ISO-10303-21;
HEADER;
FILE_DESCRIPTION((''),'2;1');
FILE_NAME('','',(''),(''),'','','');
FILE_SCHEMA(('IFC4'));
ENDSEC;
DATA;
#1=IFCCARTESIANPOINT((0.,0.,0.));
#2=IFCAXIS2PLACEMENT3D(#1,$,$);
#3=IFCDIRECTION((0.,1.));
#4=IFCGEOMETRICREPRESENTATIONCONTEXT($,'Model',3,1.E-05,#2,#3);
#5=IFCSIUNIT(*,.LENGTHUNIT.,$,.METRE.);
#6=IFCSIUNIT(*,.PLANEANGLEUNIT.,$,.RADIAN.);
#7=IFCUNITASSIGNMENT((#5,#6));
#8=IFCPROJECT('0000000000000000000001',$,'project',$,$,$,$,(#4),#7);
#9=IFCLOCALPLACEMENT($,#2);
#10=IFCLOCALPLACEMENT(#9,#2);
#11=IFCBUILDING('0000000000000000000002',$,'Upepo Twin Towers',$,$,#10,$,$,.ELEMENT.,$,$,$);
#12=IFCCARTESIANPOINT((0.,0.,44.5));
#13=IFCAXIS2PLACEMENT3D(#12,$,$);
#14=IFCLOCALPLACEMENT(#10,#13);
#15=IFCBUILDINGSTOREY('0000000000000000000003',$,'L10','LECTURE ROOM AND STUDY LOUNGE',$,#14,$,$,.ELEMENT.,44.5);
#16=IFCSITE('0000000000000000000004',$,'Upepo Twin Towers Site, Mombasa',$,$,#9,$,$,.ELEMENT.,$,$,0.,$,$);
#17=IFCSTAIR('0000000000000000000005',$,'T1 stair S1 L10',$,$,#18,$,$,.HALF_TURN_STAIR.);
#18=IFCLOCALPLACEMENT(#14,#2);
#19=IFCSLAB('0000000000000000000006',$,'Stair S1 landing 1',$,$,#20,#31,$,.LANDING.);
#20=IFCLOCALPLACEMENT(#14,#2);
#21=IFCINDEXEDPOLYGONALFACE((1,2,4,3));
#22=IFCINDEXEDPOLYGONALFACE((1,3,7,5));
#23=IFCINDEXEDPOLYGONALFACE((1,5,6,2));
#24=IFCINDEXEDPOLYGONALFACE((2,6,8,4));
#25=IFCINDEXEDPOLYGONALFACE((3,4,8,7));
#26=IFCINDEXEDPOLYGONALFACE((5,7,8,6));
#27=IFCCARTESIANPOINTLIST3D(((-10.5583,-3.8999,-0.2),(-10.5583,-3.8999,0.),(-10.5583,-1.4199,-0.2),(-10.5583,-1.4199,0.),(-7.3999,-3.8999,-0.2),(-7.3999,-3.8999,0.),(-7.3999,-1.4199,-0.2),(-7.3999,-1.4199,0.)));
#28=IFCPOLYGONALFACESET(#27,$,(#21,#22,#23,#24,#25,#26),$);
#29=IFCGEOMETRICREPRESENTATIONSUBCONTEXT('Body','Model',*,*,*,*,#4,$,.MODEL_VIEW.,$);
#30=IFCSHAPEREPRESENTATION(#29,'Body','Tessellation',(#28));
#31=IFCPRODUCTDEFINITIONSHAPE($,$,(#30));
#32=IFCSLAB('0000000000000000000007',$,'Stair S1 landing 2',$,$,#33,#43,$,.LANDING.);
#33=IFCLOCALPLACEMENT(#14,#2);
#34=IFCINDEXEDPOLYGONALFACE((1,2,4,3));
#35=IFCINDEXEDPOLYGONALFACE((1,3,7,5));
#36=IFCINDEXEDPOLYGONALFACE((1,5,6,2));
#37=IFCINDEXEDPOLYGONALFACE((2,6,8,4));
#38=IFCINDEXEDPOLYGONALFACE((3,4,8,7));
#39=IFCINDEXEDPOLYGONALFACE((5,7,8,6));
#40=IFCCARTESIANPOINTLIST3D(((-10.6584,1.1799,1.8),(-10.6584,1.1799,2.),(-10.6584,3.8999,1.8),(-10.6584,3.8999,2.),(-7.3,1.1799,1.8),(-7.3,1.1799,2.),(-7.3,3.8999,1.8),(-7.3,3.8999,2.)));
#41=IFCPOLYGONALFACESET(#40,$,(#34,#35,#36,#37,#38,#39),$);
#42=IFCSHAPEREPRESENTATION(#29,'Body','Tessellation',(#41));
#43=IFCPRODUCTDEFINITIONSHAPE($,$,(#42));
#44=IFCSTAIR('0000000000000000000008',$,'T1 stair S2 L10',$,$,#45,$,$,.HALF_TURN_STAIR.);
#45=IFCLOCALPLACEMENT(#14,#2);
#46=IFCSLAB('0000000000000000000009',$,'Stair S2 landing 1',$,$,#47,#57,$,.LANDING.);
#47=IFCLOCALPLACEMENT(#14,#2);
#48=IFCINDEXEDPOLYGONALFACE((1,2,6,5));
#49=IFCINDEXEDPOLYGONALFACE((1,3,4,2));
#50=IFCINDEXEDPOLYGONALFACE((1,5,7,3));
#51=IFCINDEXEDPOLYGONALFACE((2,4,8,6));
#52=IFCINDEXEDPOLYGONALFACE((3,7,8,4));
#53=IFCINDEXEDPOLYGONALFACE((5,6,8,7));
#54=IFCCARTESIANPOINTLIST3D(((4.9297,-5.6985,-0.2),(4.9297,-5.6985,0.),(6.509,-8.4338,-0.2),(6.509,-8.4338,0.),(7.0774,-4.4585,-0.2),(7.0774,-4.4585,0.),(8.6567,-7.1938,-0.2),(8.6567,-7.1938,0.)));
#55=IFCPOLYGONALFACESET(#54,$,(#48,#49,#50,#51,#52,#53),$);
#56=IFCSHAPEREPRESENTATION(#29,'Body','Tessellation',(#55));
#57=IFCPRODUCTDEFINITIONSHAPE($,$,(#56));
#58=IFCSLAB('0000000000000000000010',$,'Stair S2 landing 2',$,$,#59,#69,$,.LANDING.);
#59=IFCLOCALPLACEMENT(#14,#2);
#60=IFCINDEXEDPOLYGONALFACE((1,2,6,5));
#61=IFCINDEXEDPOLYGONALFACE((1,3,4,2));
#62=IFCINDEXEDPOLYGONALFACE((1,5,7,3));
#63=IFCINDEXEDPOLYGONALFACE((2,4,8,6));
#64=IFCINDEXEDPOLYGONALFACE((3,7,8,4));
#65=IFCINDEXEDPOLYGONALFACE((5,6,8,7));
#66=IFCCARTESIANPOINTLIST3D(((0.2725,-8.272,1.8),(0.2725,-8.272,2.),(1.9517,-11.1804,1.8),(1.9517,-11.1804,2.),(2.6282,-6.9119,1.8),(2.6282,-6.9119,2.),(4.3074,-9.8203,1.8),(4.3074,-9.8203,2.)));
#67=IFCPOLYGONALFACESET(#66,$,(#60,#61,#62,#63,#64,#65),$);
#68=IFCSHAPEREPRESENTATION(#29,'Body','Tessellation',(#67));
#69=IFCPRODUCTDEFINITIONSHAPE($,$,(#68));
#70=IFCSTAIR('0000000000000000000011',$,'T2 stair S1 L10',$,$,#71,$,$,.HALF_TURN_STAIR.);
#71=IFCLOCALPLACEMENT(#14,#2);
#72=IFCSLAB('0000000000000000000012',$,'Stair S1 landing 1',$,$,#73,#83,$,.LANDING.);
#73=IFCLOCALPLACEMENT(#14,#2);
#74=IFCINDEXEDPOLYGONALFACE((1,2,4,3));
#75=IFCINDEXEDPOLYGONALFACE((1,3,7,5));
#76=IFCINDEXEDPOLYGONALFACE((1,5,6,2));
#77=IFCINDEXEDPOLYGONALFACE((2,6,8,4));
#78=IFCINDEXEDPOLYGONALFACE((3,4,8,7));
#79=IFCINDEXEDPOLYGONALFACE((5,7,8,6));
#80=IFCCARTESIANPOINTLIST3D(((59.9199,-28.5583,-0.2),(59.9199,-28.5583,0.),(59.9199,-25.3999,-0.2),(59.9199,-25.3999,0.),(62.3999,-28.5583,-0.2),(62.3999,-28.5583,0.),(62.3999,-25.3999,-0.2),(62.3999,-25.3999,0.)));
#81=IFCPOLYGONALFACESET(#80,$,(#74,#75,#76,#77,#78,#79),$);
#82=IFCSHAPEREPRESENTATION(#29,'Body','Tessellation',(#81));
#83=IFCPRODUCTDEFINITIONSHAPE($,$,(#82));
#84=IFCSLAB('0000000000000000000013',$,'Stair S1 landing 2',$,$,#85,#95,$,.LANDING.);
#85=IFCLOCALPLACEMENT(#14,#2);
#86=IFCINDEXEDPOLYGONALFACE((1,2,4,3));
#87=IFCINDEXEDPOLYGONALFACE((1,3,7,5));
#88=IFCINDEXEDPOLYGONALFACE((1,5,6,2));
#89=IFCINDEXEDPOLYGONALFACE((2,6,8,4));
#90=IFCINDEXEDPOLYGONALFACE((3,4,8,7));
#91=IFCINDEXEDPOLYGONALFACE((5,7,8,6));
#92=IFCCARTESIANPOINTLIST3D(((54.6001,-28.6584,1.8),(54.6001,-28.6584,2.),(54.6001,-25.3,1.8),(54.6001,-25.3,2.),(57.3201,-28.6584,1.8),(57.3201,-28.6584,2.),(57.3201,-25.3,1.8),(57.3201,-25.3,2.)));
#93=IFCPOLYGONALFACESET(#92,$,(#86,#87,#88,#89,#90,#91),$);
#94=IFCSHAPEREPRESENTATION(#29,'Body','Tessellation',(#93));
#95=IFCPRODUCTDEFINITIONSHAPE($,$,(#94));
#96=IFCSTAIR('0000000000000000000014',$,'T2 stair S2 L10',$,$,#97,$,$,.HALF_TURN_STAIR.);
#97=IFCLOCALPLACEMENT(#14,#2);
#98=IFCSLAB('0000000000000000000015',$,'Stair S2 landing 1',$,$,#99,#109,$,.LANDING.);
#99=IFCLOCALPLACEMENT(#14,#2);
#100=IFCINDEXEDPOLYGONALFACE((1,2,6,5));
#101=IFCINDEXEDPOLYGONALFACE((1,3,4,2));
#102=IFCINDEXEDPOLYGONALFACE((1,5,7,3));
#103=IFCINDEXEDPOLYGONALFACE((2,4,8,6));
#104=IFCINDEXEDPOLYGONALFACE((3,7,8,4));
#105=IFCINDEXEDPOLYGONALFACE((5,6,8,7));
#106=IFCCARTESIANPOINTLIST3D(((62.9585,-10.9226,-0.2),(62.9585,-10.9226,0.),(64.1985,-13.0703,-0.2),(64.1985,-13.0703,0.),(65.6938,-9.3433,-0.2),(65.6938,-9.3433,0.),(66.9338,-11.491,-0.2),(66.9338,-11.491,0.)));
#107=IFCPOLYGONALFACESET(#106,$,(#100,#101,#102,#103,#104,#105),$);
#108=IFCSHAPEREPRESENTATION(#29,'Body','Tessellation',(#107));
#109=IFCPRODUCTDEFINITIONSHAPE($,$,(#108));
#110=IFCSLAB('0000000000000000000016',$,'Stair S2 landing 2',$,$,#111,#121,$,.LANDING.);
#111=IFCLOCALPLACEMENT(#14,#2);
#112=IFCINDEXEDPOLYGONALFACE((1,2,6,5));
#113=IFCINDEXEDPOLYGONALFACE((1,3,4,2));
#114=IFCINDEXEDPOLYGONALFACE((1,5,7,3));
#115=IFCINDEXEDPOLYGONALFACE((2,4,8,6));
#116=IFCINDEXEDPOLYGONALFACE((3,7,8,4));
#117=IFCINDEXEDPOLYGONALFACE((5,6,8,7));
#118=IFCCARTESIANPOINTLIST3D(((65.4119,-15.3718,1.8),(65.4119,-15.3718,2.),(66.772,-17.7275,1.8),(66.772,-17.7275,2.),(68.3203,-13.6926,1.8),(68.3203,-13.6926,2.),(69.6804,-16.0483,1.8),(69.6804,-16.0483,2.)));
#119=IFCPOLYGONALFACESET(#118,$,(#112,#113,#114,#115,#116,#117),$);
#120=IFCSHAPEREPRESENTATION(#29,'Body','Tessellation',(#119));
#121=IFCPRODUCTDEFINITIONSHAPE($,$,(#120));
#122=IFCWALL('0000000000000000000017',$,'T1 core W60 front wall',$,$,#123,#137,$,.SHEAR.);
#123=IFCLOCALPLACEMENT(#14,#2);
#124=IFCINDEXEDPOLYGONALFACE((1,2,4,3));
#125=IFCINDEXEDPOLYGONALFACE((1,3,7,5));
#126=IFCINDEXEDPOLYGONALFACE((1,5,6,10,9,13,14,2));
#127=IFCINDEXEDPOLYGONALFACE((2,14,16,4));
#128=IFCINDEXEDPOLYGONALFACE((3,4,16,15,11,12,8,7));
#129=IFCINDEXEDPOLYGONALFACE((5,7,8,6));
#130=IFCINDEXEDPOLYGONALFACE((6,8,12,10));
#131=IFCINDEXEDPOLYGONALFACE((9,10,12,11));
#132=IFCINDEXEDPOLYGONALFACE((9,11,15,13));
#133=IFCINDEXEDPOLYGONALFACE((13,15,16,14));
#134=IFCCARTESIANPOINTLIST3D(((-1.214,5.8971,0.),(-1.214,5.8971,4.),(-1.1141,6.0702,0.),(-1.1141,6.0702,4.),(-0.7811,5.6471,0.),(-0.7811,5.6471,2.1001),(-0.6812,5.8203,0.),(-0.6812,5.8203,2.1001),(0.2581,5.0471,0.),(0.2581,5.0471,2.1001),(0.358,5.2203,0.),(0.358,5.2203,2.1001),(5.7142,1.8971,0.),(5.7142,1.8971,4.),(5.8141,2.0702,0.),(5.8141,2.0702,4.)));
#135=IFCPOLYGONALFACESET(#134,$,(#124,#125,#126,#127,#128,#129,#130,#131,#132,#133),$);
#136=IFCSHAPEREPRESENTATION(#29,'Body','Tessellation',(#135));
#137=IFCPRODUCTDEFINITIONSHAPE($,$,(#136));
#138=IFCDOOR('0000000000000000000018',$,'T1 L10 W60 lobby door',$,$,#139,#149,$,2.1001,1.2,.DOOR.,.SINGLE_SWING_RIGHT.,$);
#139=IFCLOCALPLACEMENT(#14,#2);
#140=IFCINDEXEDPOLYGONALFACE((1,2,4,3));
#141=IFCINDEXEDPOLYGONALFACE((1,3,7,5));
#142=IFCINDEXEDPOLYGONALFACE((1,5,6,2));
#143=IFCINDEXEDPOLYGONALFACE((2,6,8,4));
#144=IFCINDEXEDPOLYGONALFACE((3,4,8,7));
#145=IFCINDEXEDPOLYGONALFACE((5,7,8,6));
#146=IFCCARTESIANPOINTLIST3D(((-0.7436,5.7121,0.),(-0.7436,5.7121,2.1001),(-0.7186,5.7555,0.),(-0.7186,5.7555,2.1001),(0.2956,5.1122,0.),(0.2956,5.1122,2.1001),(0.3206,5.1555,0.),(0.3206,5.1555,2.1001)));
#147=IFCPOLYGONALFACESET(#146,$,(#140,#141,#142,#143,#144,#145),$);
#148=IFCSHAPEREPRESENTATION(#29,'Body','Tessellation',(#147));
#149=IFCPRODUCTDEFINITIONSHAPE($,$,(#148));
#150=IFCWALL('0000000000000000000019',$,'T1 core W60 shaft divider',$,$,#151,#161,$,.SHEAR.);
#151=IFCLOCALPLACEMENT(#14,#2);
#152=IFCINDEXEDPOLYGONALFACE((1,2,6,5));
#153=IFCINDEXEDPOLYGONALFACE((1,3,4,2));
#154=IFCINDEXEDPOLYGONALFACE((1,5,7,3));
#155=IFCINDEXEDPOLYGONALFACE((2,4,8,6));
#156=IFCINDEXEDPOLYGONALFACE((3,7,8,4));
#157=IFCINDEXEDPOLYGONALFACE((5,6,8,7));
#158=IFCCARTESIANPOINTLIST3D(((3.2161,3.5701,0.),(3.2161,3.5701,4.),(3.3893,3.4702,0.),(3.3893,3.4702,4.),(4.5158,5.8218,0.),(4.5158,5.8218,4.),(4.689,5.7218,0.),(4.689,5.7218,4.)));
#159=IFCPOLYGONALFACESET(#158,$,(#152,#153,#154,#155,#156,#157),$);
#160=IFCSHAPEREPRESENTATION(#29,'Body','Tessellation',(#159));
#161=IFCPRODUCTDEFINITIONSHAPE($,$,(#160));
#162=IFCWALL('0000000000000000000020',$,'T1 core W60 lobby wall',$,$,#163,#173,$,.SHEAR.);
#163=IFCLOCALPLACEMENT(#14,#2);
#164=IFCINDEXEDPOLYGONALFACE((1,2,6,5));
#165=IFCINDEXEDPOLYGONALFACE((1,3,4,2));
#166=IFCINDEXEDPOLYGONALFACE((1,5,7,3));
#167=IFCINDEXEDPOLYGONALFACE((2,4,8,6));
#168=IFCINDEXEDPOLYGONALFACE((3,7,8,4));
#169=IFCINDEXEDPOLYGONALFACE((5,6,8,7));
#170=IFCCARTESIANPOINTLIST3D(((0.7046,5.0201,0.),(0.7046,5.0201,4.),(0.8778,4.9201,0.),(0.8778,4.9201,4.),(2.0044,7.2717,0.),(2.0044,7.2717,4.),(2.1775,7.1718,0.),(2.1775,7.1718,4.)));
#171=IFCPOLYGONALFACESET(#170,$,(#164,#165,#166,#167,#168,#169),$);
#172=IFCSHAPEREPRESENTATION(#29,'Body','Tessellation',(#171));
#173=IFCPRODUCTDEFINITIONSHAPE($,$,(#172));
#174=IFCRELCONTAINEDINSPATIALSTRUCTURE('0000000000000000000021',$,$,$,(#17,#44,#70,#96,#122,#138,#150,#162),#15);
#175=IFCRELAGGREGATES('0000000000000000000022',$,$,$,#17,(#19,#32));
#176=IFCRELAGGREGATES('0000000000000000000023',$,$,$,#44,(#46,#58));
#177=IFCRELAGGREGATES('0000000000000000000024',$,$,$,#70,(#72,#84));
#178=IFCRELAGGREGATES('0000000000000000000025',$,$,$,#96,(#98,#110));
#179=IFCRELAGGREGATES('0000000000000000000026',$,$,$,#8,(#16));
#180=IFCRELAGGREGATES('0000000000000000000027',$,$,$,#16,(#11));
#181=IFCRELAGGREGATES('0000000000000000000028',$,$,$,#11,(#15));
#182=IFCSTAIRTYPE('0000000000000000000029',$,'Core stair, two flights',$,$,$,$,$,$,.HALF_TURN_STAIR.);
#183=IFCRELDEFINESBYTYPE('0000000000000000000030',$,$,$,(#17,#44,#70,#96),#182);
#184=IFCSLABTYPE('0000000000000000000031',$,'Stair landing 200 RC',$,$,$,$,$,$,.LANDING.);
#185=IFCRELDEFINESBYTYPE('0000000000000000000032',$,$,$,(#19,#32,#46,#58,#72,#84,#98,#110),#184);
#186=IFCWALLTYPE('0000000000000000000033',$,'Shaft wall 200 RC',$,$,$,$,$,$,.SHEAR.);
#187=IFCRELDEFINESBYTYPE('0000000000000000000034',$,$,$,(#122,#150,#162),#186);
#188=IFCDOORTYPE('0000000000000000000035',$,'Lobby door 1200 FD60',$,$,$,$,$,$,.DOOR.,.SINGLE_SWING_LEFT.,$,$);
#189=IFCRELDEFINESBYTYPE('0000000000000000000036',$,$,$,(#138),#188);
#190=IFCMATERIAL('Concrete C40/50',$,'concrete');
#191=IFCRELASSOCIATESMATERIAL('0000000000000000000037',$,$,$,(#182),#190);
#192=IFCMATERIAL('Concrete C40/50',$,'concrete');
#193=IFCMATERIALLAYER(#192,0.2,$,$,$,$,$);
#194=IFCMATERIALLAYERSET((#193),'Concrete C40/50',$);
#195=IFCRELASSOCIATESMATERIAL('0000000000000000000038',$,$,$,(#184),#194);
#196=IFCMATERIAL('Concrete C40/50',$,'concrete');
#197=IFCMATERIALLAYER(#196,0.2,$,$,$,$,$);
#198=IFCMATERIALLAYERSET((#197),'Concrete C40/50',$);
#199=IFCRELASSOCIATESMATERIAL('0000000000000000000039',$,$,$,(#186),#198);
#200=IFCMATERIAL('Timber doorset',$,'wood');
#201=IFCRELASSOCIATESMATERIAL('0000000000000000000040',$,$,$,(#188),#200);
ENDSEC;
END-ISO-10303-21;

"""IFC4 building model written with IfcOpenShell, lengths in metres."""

from ifc_helpers import new_model, si_unit, direction, frame, frame_2d, origin, place, context, subcontext, project, spatial, polyline, rectangle, outline, extrude, material, layer, layer_set, type_object, element, fill, aggregate, save


model = new_model("IFC4")

# Units and contexts
model_context = context("Model", 3, precision=1e-05, world=origin(), true_north=direction((0.0, 1.0)))
body_context = subcontext(model_context, "Body", "Model", "MODEL_VIEW")
ifc_project = project(units=[si_unit("LENGTHUNIT", "METRE"), si_unit("PLANEANGLEUNIT", "RADIAN")], contexts=[model_context])

# Site, building, storey
site_placement = place(None, origin())
site = spatial("IfcSite", under=ifc_project, at=site_placement, Name="Upepo Twin Towers Site, Mombasa", CompositionType="ELEMENT", RefElevation=0.0)
building_placement = place(site_placement, origin())
building = spatial("IfcBuilding", under=site, at=building_placement, Name="Upepo Twin Towers", CompositionType="ELEMENT")
storey_placement = place(building_placement, frame((0.0, 0.0, 44.5)))
storey = spatial("IfcBuildingStorey", under=building, at=storey_placement, Name="L10", Description="LECTURE ROOM AND STUDY LOUNGE", CompositionType="ELEMENT", Elevation=44.5)

# Stairs, slabs
ifc_material_1 = material(Name="Concrete C40/50", Category="concrete")
stair_type = type_object("IfcStairType", Name="Core stair, two flights", PredefinedType="HALF_TURN_STAIR", material=ifc_material_1)
stair_1_placement = place(storey_placement, origin())
stair_1 = element("IfcStair", 1, at=stair_1_placement, inside=storey, type_object=stair_type, Name="T1 stair S1 L10", PredefinedType="HALF_TURN_STAIR")
ifc_material_2 = material(Name="Concrete C40/50", Category="concrete")
ifc_layer_1 = layer(ifc_material_2, 0.2)
ifc_layer_set_1 = layer_set([ifc_layer_1], Name="Concrete C40/50")
slab_type = type_object("IfcSlabType", Name="Stair landing 200 RC", PredefinedType="LANDING", material=ifc_layer_set_1)
slab_1_placement = place(storey_placement, frame((0.0, 0.0, -0.2)))
slab_1 = element("IfcSlab", 2, at=slab_1_placement, type_object=slab_type, Name="Stair S1 landing 1", PredefinedType="LANDING", context=body_context, shape_type="SweptSolid", body=[
    extrude(outline(polyline([(-7.3999, -1.4199), (-10.5583, -1.4199), (-10.5583, -3.8999), (-7.3999, -3.8999), (-7.3999, -1.4199)])), origin(), (0.0, 0.0, 1.0), 0.2),
])
slab_2_placement = place(storey_placement, frame((0.0, 0.0, 1.8)))
slab_2 = element("IfcSlab", 3, at=slab_2_placement, type_object=slab_type, Name="Stair S1 landing 2", PredefinedType="LANDING", context=body_context, shape_type="SweptSolid", body=[
    extrude(outline(polyline([(-7.3, 3.8999), (-10.6584, 3.8999), (-10.6584, 1.1799), (-7.3, 1.1799), (-7.3, 3.8999)])), origin(), (0.0, 0.0, 1.0), 0.2),
])
aggregate(stair_1, [slab_1, slab_2])
stair_2_placement = place(storey_placement, origin())
stair_2 = element("IfcStair", 4, at=stair_2_placement, inside=storey, type_object=stair_type, Name="T1 stair S2 L10", PredefinedType="HALF_TURN_STAIR")
slab_3_placement = place(storey_placement, frame((0.0, 0.0, -0.2)))
slab_3 = element("IfcSlab", 5, at=slab_3_placement, type_object=slab_type, Name="Stair S2 landing 1", PredefinedType="LANDING", context=body_context, shape_type="SweptSolid", body=[
    extrude(outline(polyline([(4.9297, -5.6985), (6.509, -8.4338), (8.6567, -7.1938), (7.0774, -4.4585), (4.9297, -5.6985)])), origin(), (0.0, 0.0, 1.0), 0.2),
])
slab_4_placement = place(storey_placement, frame((0.0, 0.0, 1.8)))
slab_4 = element("IfcSlab", 6, at=slab_4_placement, type_object=slab_type, Name="Stair S2 landing 2", PredefinedType="LANDING", context=body_context, shape_type="SweptSolid", body=[
    extrude(outline(polyline([(0.2725, -8.272), (1.9517, -11.1804), (4.3074, -9.8203), (2.6282, -6.9119), (0.2725, -8.272)])), origin(), (0.0, 0.0, 1.0), 0.2),
])
aggregate(stair_2, [slab_3, slab_4])
stair_3_placement = place(storey_placement, origin())
stair_3 = element("IfcStair", 7, at=stair_3_placement, inside=storey, type_object=stair_type, Name="T2 stair S1 L10", PredefinedType="HALF_TURN_STAIR")
slab_5_placement = place(storey_placement, frame((0.0, 0.0, -0.2)))
slab_5 = element("IfcSlab", 8, at=slab_5_placement, type_object=slab_type, Name="Stair S1 landing 1", PredefinedType="LANDING", context=body_context, shape_type="SweptSolid", body=[
    extrude(outline(polyline([(59.9199, -25.3999), (59.9199, -28.5583), (62.3999, -28.5583), (62.3999, -25.3999), (59.9199, -25.3999)])), origin(), (0.0, 0.0, 1.0), 0.2),
])
slab_6_placement = place(storey_placement, frame((0.0, 0.0, 1.8)))
slab_6 = element("IfcSlab", 9, at=slab_6_placement, type_object=slab_type, Name="Stair S1 landing 2", PredefinedType="LANDING", context=body_context, shape_type="SweptSolid", body=[
    extrude(outline(polyline([(54.6001, -25.3), (54.6001, -28.6584), (57.3201, -28.6584), (57.3201, -25.3), (54.6001, -25.3)])), origin(), (0.0, 0.0, 1.0), 0.2),
])
aggregate(stair_3, [slab_5, slab_6])
stair_4_placement = place(storey_placement, origin())
stair_4 = element("IfcStair", 10, at=stair_4_placement, inside=storey, type_object=stair_type, Name="T2 stair S2 L10", PredefinedType="HALF_TURN_STAIR")
slab_7_placement = place(storey_placement, frame((0.0, 0.0, -0.2)))
slab_7 = element("IfcSlab", 11, at=slab_7_placement, type_object=slab_type, Name="Stair S2 landing 1", PredefinedType="LANDING", context=body_context, shape_type="SweptSolid", body=[
    extrude(outline(polyline([(64.1985, -13.0703), (66.9338, -11.491), (65.6938, -9.3433), (62.9585, -10.9226), (64.1985, -13.0703)])), origin(), (0.0, 0.0, 1.0), 0.2),
])
slab_8_placement = place(storey_placement, frame((0.0, 0.0, 1.8)))
slab_8 = element("IfcSlab", 12, at=slab_8_placement, type_object=slab_type, Name="Stair S2 landing 2", PredefinedType="LANDING", context=body_context, shape_type="SweptSolid", body=[
    extrude(outline(polyline([(66.772, -17.7275), (69.6804, -16.0483), (68.3203, -13.6926), (65.4119, -15.3718), (66.772, -17.7275)])), origin(), (0.0, 0.0, 1.0), 0.2),
])
aggregate(stair_4, [slab_7, slab_8])

# Wall, opening, door
ifc_material_3 = material(Name="Concrete C40/50", Category="concrete")
ifc_layer_2 = layer(ifc_material_3, 0.2)
ifc_layer_set_2 = layer_set([ifc_layer_2], Name="Concrete C40/50")
wall_type_1 = type_object("IfcWallType", Name="Shaft wall 200 RC", PredefinedType="SHEAR", material=ifc_layer_set_2)
wall_1_placement = place(storey_placement, frame((5.7642, 1.9836, 0.0), z_axis=(0.0, 0.0, 1.0), x_axis=(-0.866026, 0.499999, 0.0)))
wall_1 = element("IfcWall", 13, at=wall_1_placement, inside=storey, type_object=wall_type_1, Name="T1 core W60 front wall", PredefinedType="SHEAR", context=body_context, shape_type="SweptSolid", body=[
    extrude(rectangle(XDim=8.0, YDim=0.2, at=frame_2d((4.0, 0.0))), origin(), (0.0, 0.0, 1.0), 4.0),
])
opening_1_placement = place(wall_1_placement, frame((6.3, 0.0, 0.0)))
opening_1 = element("IfcOpeningElement", 14, at=opening_1_placement, cuts=wall_1, PredefinedType="OPENING", context=body_context, shape_type="SweptSolid", body=[
    extrude(rectangle(XDim=1.2, YDim=2.1001, at=frame_2d((0.6001, 1.05))), frame((0.0, 0.1099, 0.0), z_axis=(0.0, -1.0, 0.0), x_axis=(1.0, 0.0, 0.0)), (0.0, 0.0, 1.0), 0.22),
])
ifc_material_4 = material(Name="Timber doorset", Category="wood")
door_type_1 = type_object("IfcDoorType", Name="Lobby door 1200 FD60", OperationType="SINGLE_SWING_LEFT", PredefinedType="DOOR", material=ifc_material_4)
door_1_placement = place(opening_1_placement, origin())
door_1 = element("IfcDoor", 15, at=door_1_placement, inside=storey, type_object=door_type_1, Name="T1 L10 W60 lobby door", OperationType="SINGLE_SWING_RIGHT", OverallHeight=2.1001, OverallWidth=1.2, PredefinedType="DOOR", context=body_context, shape_type="SweptSolid", body=[
    extrude(rectangle(XDim=1.2, YDim=2.1001, at=frame_2d((0.6001, 1.05))), frame((0.0, 0.0249, 0.0), z_axis=(0.0, -1.0, 0.0), x_axis=(1.0, 0.0, 0.0)), (0.0, 0.0, 1.0), 0.05),
])
fill(opening_1, door_1)

# Walls
for number, where, z_axis, x_axis, name in (
    (16, (3.3027, 3.5203, 0.0), (0.0, 0.0, 1.0), (0.499937, 0.866062, 0.0), "T1 core W60 shaft divider"),
    (17, (0.7913, 4.9702, 0.0), (0.0, 0.0, 1.0), (0.499937, 0.866062, 0.0), "T1 core W60 lobby wall"),
):
    element("IfcWall", number, at=place(storey_placement, frame(where, z_axis=z_axis, x_axis=x_axis)), inside=storey, type_object=wall_type_1, Name=name, PredefinedType="SHEAR", context=body_context, shape_type="SweptSolid", body=[
        extrude(rectangle(XDim=2.5999, YDim=0.2, at=frame_2d((1.2998, 0.0))), origin(), (0.0, 0.0, 1.0), 4.0),
    ])

save(model, "model.ifc")
